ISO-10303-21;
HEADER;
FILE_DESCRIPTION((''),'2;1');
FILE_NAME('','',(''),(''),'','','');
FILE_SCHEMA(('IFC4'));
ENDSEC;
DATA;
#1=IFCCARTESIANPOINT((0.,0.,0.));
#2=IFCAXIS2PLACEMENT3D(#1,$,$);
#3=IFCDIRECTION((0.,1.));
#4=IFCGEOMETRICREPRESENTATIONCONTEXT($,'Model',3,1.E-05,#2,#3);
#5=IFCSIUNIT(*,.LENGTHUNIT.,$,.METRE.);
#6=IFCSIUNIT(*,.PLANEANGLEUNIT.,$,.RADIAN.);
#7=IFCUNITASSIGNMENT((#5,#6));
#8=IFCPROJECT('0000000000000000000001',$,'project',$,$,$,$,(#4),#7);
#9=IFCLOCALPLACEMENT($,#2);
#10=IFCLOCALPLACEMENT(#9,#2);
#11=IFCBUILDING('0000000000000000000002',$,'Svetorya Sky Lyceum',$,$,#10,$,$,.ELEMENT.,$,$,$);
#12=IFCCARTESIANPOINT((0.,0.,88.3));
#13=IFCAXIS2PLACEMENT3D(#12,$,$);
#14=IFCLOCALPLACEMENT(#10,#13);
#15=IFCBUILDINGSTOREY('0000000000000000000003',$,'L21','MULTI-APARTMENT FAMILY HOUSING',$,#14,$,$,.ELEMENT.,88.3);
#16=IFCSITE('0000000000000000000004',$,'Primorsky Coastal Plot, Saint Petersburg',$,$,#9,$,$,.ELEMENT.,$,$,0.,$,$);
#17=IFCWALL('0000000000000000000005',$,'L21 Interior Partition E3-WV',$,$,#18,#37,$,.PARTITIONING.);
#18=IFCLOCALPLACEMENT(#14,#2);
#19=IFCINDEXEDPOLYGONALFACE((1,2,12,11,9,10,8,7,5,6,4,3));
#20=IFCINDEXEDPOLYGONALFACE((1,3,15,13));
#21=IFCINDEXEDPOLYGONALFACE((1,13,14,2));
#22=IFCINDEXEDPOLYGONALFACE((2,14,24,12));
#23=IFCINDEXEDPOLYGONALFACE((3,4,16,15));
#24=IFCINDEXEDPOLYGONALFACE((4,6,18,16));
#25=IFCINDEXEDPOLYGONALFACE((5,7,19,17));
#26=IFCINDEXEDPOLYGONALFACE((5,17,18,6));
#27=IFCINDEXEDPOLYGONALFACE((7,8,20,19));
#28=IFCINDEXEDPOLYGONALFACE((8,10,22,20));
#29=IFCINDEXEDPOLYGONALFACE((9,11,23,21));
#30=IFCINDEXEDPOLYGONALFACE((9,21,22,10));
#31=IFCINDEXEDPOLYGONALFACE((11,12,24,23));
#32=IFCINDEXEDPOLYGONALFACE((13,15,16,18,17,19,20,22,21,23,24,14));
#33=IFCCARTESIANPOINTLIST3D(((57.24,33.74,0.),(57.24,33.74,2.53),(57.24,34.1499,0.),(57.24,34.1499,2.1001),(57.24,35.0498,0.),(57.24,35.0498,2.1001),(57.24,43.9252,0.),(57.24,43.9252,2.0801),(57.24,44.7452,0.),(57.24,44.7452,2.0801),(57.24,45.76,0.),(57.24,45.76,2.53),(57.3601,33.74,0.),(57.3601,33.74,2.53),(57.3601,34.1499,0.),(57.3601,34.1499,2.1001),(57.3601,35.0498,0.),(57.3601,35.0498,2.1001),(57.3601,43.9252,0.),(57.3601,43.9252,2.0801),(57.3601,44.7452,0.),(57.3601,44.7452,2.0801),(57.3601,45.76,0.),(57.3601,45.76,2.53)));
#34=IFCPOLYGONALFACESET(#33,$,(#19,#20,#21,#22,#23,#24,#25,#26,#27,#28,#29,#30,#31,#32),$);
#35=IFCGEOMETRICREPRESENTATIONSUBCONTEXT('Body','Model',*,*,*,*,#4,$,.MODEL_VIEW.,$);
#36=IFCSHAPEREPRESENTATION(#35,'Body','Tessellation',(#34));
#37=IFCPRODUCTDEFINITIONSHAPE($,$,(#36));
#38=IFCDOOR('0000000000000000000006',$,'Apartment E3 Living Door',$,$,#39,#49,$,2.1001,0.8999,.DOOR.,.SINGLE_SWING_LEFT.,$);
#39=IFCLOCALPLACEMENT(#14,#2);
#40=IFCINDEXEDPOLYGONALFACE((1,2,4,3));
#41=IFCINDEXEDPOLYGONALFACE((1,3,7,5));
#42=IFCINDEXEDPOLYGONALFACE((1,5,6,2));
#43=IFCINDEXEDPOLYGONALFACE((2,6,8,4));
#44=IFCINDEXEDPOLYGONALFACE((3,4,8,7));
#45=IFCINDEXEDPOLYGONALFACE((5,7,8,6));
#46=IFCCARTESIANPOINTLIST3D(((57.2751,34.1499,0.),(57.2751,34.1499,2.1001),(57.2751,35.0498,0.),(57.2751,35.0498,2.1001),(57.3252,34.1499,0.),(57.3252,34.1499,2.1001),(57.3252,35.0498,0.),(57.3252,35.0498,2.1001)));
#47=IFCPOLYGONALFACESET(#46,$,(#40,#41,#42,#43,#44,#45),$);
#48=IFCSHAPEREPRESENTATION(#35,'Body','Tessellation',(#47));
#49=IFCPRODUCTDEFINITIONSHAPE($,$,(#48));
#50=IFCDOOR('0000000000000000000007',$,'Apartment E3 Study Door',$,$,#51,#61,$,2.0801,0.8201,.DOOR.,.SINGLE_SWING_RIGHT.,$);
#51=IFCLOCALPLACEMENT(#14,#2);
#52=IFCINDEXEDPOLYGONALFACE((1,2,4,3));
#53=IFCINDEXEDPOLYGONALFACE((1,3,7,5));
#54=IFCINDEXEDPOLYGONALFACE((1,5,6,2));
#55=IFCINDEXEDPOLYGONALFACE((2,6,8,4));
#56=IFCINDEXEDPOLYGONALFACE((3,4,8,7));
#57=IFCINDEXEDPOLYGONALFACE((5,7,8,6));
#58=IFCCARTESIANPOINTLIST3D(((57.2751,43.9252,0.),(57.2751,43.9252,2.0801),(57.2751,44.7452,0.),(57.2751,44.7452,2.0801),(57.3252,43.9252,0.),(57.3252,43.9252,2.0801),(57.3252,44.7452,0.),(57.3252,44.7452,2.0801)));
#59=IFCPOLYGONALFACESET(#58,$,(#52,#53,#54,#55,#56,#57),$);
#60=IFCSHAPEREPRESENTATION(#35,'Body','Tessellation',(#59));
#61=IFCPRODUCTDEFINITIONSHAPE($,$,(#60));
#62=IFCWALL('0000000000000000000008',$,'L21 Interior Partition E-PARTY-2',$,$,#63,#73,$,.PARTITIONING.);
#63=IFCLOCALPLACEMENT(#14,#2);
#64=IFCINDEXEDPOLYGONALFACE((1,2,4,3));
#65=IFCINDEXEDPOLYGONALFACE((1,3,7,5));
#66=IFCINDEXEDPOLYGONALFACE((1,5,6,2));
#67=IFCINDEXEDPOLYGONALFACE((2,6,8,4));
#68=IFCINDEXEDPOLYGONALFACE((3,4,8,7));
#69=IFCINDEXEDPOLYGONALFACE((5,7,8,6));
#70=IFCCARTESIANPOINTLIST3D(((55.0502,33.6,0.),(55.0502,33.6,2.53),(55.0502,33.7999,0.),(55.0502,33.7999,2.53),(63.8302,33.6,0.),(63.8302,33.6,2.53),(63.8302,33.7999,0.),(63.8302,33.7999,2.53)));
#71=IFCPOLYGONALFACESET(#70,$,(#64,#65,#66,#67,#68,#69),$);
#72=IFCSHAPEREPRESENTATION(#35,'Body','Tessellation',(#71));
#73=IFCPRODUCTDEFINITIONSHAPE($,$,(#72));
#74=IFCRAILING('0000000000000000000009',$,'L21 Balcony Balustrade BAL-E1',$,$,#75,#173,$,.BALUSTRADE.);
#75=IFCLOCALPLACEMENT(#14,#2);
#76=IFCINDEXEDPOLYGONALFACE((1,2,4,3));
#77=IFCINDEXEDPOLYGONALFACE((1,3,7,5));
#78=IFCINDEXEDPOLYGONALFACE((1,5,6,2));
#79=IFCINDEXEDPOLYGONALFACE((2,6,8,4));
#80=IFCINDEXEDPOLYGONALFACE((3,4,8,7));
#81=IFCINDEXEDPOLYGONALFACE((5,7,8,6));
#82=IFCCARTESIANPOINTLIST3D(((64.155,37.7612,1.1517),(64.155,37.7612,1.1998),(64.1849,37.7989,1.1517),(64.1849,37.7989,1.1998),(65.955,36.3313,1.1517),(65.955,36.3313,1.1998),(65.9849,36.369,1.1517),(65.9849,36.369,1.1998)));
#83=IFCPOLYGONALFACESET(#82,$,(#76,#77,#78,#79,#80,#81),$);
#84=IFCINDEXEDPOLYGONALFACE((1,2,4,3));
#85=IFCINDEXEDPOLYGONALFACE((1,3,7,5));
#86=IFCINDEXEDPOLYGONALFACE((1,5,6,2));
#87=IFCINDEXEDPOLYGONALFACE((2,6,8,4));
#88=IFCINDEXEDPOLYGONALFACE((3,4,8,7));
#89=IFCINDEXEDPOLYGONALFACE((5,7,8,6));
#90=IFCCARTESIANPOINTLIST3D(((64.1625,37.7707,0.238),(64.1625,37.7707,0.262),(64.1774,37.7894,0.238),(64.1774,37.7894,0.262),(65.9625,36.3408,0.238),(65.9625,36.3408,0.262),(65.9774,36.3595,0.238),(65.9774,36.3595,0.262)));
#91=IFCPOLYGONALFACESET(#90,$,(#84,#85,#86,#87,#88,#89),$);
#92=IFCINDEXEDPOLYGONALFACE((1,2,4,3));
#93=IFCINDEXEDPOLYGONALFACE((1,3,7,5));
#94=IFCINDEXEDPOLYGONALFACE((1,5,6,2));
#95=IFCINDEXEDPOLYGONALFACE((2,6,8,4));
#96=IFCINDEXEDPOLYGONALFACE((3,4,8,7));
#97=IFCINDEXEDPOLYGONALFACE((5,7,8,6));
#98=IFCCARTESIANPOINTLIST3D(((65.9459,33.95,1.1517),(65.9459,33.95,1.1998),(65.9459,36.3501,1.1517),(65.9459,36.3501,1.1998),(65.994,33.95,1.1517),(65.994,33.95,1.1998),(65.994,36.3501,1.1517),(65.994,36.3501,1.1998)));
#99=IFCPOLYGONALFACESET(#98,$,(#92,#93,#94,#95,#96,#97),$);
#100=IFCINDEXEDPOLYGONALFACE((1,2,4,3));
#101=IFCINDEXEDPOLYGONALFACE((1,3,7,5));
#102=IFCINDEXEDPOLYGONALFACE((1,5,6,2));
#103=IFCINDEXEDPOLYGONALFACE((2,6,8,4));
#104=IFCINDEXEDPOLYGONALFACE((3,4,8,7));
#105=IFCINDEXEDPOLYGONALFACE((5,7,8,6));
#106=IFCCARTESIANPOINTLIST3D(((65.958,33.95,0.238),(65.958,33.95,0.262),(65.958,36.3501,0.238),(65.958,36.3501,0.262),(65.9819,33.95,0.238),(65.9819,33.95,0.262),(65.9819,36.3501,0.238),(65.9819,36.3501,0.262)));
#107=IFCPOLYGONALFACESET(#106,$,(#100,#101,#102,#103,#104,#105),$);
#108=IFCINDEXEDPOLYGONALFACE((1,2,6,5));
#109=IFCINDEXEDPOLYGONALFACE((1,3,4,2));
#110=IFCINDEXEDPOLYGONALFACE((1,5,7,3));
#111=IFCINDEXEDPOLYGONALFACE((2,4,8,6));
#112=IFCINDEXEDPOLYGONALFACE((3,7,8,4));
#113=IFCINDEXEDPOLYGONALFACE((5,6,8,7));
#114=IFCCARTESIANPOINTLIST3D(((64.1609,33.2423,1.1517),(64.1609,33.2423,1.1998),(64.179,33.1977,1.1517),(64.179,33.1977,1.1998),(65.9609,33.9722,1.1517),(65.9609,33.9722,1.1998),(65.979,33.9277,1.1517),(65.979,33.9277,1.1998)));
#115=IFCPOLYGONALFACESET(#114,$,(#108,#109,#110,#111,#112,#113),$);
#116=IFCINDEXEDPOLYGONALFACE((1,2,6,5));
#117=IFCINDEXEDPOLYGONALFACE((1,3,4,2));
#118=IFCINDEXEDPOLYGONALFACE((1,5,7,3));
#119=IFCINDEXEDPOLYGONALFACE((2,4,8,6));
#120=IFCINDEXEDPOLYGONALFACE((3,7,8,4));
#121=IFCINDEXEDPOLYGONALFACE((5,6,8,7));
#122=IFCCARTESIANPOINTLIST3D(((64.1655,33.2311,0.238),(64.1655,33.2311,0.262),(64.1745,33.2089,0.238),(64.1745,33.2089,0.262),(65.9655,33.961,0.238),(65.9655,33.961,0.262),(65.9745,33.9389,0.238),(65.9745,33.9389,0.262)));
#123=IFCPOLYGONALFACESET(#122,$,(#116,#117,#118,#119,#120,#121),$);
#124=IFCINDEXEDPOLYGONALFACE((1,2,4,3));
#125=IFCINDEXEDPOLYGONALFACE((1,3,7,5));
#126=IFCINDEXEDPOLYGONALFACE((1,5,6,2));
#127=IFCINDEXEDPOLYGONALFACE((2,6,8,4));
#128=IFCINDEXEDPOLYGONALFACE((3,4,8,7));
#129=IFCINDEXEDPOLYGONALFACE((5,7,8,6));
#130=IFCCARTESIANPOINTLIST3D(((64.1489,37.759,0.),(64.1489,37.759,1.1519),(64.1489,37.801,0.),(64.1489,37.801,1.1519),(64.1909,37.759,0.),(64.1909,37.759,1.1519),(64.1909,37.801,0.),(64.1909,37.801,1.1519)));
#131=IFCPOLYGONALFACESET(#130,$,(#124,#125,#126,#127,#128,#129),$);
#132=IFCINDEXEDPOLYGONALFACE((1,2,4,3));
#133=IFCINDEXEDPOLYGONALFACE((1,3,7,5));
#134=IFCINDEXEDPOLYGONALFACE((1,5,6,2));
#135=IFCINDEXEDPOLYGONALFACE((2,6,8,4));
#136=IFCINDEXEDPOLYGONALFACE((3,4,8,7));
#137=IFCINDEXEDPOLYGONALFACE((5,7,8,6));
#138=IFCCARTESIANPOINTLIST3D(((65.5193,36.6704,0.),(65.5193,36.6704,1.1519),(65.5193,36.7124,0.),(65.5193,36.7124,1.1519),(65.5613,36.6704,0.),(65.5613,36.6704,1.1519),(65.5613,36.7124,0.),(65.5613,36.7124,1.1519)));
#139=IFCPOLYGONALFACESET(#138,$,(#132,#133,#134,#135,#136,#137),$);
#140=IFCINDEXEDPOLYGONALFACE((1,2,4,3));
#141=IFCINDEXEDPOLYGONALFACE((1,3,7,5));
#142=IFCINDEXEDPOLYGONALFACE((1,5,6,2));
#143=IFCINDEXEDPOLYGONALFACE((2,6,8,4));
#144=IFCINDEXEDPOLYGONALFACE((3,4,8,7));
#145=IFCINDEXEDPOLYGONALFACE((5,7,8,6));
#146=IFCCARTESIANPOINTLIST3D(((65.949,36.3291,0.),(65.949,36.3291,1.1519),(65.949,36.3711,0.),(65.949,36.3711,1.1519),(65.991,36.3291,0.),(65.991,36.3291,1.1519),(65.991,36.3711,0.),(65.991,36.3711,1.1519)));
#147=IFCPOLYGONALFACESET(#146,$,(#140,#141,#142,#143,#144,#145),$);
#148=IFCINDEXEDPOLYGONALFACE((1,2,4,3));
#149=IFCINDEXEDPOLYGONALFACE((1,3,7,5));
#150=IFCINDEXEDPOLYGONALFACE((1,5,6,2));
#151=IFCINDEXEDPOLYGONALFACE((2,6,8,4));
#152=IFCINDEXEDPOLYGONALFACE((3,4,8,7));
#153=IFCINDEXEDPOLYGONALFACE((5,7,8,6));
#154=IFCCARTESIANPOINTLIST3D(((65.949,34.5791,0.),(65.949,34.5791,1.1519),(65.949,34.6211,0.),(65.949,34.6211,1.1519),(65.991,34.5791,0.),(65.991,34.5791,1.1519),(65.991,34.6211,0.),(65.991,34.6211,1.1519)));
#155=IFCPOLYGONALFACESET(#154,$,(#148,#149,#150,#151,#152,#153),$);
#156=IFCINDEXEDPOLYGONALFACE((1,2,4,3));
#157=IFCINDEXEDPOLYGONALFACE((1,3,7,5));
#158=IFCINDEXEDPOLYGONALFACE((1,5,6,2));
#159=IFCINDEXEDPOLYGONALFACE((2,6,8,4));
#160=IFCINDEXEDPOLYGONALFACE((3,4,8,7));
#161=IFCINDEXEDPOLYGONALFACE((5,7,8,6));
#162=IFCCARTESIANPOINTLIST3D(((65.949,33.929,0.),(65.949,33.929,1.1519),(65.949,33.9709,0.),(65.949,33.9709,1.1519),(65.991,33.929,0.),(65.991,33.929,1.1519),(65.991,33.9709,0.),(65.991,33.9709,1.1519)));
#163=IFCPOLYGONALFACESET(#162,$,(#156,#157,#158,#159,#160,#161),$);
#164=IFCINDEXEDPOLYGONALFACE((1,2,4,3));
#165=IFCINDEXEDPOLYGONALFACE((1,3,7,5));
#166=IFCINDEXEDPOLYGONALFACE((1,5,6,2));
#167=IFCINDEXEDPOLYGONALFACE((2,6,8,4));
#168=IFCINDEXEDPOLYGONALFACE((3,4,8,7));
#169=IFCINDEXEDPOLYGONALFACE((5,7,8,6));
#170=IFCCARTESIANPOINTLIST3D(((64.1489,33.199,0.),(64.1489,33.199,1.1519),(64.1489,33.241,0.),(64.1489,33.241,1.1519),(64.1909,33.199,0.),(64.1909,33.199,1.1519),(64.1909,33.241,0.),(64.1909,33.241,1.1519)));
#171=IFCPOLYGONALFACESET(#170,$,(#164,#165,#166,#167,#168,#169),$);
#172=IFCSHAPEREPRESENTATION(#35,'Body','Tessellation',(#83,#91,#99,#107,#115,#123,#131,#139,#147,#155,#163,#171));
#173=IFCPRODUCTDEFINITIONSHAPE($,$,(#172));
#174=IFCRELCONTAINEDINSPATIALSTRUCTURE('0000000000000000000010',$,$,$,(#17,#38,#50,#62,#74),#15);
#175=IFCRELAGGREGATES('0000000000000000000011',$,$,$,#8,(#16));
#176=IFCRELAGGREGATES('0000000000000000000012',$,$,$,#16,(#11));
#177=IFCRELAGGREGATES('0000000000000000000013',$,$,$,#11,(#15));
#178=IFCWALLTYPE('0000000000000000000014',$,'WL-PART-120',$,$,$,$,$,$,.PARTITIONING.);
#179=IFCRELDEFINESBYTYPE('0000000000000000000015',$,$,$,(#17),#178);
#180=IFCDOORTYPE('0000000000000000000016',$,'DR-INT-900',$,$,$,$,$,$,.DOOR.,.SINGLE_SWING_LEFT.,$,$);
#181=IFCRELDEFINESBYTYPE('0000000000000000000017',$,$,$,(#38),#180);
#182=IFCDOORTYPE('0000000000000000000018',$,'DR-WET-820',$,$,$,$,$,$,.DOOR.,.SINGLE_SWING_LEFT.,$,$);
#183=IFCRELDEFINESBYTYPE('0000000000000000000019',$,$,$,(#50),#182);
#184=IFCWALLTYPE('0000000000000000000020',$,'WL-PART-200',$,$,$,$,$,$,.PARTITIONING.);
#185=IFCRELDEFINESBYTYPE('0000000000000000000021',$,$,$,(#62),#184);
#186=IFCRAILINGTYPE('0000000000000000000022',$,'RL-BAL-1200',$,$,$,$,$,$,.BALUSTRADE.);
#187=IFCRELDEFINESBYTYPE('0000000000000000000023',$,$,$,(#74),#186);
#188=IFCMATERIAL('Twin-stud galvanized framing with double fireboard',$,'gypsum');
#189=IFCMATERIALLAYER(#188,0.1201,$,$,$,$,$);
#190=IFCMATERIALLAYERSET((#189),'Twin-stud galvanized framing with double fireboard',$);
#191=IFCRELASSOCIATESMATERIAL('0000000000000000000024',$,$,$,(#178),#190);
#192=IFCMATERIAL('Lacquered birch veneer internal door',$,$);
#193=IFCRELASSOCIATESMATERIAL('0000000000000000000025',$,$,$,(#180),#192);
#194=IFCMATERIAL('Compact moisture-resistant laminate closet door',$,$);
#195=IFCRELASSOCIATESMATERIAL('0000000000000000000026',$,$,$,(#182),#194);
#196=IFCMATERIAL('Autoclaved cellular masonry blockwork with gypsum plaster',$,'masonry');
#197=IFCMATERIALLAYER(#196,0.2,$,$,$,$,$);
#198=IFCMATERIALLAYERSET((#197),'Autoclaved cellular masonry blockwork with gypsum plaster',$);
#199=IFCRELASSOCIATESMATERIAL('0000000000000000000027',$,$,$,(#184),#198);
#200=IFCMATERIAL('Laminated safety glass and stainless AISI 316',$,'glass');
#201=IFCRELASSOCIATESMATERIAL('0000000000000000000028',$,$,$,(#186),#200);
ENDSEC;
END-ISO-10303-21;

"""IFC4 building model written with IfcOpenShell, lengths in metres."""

from ifc_helpers import new_model, si_unit, direction, frame, frame_2d, origin, origin_2d, place, context, subcontext, project, spatial, rectangle, extrude, material, layer, layer_set, type_object, element, fill, save


model = new_model("IFC4")

# Units and contexts
model_context = context("Model", 3, precision=1e-05, world=origin(), true_north=direction((0.0, 1.0)))
body_context = subcontext(model_context, "Body", "Model", "MODEL_VIEW")
ifc_project = project(units=[si_unit("LENGTHUNIT", "METRE"), si_unit("PLANEANGLEUNIT", "RADIAN")], contexts=[model_context])

# Site, building, storey
site_placement = place(None, origin())
site = spatial("IfcSite", under=ifc_project, at=site_placement, Name="Primorsky Coastal Plot, Saint Petersburg", CompositionType="ELEMENT", RefElevation=0.0)
building_placement = place(site_placement, origin())
building = spatial("IfcBuilding", under=site, at=building_placement, Name="Svetorya Sky Lyceum", CompositionType="ELEMENT")
storey_placement = place(building_placement, frame((0.0, 0.0, 88.3)))
storey = spatial("IfcBuildingStorey", under=building, at=storey_placement, Name="L21", Description="MULTI-APARTMENT FAMILY HOUSING", CompositionType="ELEMENT", Elevation=88.3)

# Shared definitions
ifc_material_1 = material(Name="Twin-stud galvanized framing with double fireboard", Category="gypsum")
ifc_layer_1 = layer(ifc_material_1, 0.1201)
ifc_layer_set_1 = layer_set([ifc_layer_1], Name="Twin-stud galvanized framing with double fireboard")
wall_type_1 = type_object("IfcWallType", Name="WL-PART-120", PredefinedType="PARTITIONING", material=ifc_layer_set_1)
ifc_material_2 = material(Name="Lacquered birch veneer internal door")
door_type_1 = type_object("IfcDoorType", Name="DR-INT-900", OperationType="SINGLE_SWING_LEFT", PredefinedType="DOOR", material=ifc_material_2)

# Wall, openings, doors
wall_1_placement = place(storey_placement, frame((57.3, 33.74, 0.0), z_axis=(0.0, 0.0, 1.0), x_axis=(0.0, 1.0, 0.0)))
wall_1 = element("IfcWall", 1, at=wall_1_placement, inside=storey, type_object=wall_type_1, Name="L21 Interior Partition E3-WV", PredefinedType="PARTITIONING", context=body_context, shape_type="SweptSolid", body=[
    extrude(rectangle(XDim=12.02, YDim=0.1201, at=frame_2d((6.01, 0.0))), origin(), (0.0, 0.0, 1.0), 2.53),
])
opening_1_placement = place(wall_1_placement, frame((0.4099, 0.0, 0.0)))
opening_1 = element("IfcOpeningElement", 2, at=opening_1_placement, cuts=wall_1, PredefinedType="OPENING", context=body_context, shape_type="SweptSolid", body=[
    extrude(rectangle(XDim=0.8999, YDim=2.1001, at=frame_2d((0.45, 1.05))), frame((0.0, 0.0701, 0.0), z_axis=(0.0, -1.0, 0.0), x_axis=(1.0, 0.0, 0.0)), (0.0, 0.0, 1.0), 0.1401),
])
opening_2_placement = place(wall_1_placement, frame((10.1851, 0.0, 0.0)))
opening_2 = element("IfcOpeningElement", 3, at=opening_2_placement, cuts=wall_1, PredefinedType="OPENING", context=body_context, shape_type="SweptSolid", body=[
    extrude(rectangle(XDim=0.8201, YDim=2.0801, at=frame_2d((0.4102, 1.04))), frame((0.0, 0.0701, 0.0), z_axis=(0.0, -1.0, 0.0), x_axis=(1.0, 0.0, 0.0)), (0.0, 0.0, 1.0), 0.1401),
])
door_1_placement = place(opening_1_placement, origin())
door_1 = element("IfcDoor", 4, at=door_1_placement, inside=storey, type_object=door_type_1, Name="Apartment E3 Living Door", OperationType="SINGLE_SWING_LEFT", OverallHeight=2.1001, OverallWidth=0.8999, PredefinedType="DOOR", context=body_context, shape_type="SweptSolid", body=[
    extrude(rectangle(XDim=0.8999, YDim=2.1001, at=frame_2d((0.45, 1.05))), frame((0.0, 0.0249, 0.0), z_axis=(0.0, -1.0, 0.0), x_axis=(1.0, 0.0, 0.0)), (0.0, 0.0, 1.0), 0.05),
])
fill(opening_1, door_1)
ifc_material_3 = material(Name="Compact moisture-resistant laminate closet door")
door_type_2 = type_object("IfcDoorType", Name="DR-WET-820", OperationType="SINGLE_SWING_LEFT", PredefinedType="DOOR", material=ifc_material_3)
door_2_placement = place(opening_2_placement, origin())
door_2 = element("IfcDoor", 5, at=door_2_placement, inside=storey, type_object=door_type_2, Name="Apartment E3 Study Door", OperationType="SINGLE_SWING_RIGHT", OverallHeight=2.0801, OverallWidth=0.8201, PredefinedType="DOOR", context=body_context, shape_type="SweptSolid", body=[
    extrude(rectangle(XDim=0.8201, YDim=2.0801, at=frame_2d((0.4102, 1.04))), frame((0.0, 0.0249, 0.0), z_axis=(0.0, -1.0, 0.0), x_axis=(1.0, 0.0, 0.0)), (0.0, 0.0, 1.0), 0.05),
])
fill(opening_2, door_2)

# Wall
ifc_material_4 = material(Name="Autoclaved cellular masonry blockwork with gypsum plaster", Category="masonry")
ifc_layer_2 = layer(ifc_material_4, 0.2)
ifc_layer_set_2 = layer_set([ifc_layer_2], Name="Autoclaved cellular masonry blockwork with gypsum plaster")
wall_type_2 = type_object("IfcWallType", Name="WL-PART-200", PredefinedType="PARTITIONING", material=ifc_layer_set_2)
wall_2_placement = place(storey_placement, frame((55.05, 33.7, 0.0), z_axis=(0.0, 0.0, 1.0), x_axis=(1.0, 0.0, 0.0)))
element("IfcWall", 6, at=wall_2_placement, inside=storey, type_object=wall_type_2, Name="L21 Interior Partition E-PARTY-2", PredefinedType="PARTITIONING", context=body_context, shape_type="SweptSolid", body=[
    extrude(rectangle(XDim=8.78, YDim=0.2, at=frame_2d((4.3901, 0.0))), origin(), (0.0, 0.0, 1.0), 2.53),
])

# Railing
ifc_material_5 = material(Name="Laminated safety glass and stainless AISI 316", Category="glass")
railing_type = type_object("IfcRailingType", Name="RL-BAL-1200", PredefinedType="BALUSTRADE", material=ifc_material_5)
railing_placement = place(storey_placement, frame((64.1699, 37.78, 0.0)))
element("IfcRailing", 7, at=railing_placement, inside=storey, type_object=railing_type, Name="L21 Balcony Balustrade BAL-E1", PredefinedType="BALUSTRADE", context=body_context, shape_type="SweptSolid", body=[
    extrude(rectangle(XDim=0.0481, YDim=0.0481, at=origin_2d()), frame((0.0, 0.0, 1.1758), z_axis=(0.783009, -0.62201, 0.0), x_axis=(0.62201, 0.783009, 0.0)), (0.0, 0.0, 1.0), 2.2988),
    extrude(rectangle(XDim=0.0239, YDim=0.0239, at=origin_2d()), frame((0.0, 0.0, 0.25), z_axis=(0.783009, -0.62201, 0.0), x_axis=(0.62201, 0.783009, 0.0)), (0.0, 0.0, 1.0), 2.2988),
    extrude(rectangle(XDim=0.0481, YDim=0.0481, at=origin_2d()), frame((1.8, -1.4299, 1.1758), z_axis=(0.0, -1.0, 0.0), x_axis=(1.0, 0.0, 0.0)), (0.0, 0.0, 1.0), 2.4001),
    extrude(rectangle(XDim=0.0239, YDim=0.0239, at=origin_2d()), frame((1.8, -1.4299, 0.25), z_axis=(0.0, -1.0, 0.0), x_axis=(1.0, 0.0, 0.0)), (0.0, 0.0, 1.0), 2.4001),
    extrude(rectangle(XDim=0.0481, YDim=0.0481, at=origin_2d()), frame((1.8, -3.8301, 1.1758), z_axis=(-0.926698, -0.375807, 0.0), x_axis=(0.375807, -0.926698, 0.0)), (0.0, 0.0, 1.0), 1.9424),
    extrude(rectangle(XDim=0.0239, YDim=0.0239, at=origin_2d()), frame((1.8, -3.8301, 0.25), z_axis=(-0.926698, -0.375807, 0.0), x_axis=(0.375807, -0.926698, 0.0)), (0.0, 0.0, 1.0), 1.9424),
    extrude(rectangle(XDim=0.042, YDim=0.042, at=origin_2d()), origin(), (0.0, 0.0, 1.0), 1.1519),
    extrude(rectangle(XDim=0.042, YDim=0.042, at=origin_2d()), frame((1.3704, -1.0886, 0.0)), (0.0, 0.0, 1.0), 1.1519),
    extrude(rectangle(XDim=0.042, YDim=0.042, at=origin_2d()), frame((1.8, -1.4299, 0.0)), (0.0, 0.0, 1.0), 1.1519),
    extrude(rectangle(XDim=0.042, YDim=0.042, at=origin_2d()), frame((1.8, -3.1799, 0.0)), (0.0, 0.0, 1.0), 1.1519),
    extrude(rectangle(XDim=0.042, YDim=0.042, at=origin_2d()), frame((1.8, -3.8301, 0.0)), (0.0, 0.0, 1.0), 1.1519),
    extrude(rectangle(XDim=0.042, YDim=0.042, at=origin_2d()), frame((0.0, -4.5601, 0.0)), (0.0, 0.0, 1.0), 1.1519),
])

save(model, "model.ifc")
